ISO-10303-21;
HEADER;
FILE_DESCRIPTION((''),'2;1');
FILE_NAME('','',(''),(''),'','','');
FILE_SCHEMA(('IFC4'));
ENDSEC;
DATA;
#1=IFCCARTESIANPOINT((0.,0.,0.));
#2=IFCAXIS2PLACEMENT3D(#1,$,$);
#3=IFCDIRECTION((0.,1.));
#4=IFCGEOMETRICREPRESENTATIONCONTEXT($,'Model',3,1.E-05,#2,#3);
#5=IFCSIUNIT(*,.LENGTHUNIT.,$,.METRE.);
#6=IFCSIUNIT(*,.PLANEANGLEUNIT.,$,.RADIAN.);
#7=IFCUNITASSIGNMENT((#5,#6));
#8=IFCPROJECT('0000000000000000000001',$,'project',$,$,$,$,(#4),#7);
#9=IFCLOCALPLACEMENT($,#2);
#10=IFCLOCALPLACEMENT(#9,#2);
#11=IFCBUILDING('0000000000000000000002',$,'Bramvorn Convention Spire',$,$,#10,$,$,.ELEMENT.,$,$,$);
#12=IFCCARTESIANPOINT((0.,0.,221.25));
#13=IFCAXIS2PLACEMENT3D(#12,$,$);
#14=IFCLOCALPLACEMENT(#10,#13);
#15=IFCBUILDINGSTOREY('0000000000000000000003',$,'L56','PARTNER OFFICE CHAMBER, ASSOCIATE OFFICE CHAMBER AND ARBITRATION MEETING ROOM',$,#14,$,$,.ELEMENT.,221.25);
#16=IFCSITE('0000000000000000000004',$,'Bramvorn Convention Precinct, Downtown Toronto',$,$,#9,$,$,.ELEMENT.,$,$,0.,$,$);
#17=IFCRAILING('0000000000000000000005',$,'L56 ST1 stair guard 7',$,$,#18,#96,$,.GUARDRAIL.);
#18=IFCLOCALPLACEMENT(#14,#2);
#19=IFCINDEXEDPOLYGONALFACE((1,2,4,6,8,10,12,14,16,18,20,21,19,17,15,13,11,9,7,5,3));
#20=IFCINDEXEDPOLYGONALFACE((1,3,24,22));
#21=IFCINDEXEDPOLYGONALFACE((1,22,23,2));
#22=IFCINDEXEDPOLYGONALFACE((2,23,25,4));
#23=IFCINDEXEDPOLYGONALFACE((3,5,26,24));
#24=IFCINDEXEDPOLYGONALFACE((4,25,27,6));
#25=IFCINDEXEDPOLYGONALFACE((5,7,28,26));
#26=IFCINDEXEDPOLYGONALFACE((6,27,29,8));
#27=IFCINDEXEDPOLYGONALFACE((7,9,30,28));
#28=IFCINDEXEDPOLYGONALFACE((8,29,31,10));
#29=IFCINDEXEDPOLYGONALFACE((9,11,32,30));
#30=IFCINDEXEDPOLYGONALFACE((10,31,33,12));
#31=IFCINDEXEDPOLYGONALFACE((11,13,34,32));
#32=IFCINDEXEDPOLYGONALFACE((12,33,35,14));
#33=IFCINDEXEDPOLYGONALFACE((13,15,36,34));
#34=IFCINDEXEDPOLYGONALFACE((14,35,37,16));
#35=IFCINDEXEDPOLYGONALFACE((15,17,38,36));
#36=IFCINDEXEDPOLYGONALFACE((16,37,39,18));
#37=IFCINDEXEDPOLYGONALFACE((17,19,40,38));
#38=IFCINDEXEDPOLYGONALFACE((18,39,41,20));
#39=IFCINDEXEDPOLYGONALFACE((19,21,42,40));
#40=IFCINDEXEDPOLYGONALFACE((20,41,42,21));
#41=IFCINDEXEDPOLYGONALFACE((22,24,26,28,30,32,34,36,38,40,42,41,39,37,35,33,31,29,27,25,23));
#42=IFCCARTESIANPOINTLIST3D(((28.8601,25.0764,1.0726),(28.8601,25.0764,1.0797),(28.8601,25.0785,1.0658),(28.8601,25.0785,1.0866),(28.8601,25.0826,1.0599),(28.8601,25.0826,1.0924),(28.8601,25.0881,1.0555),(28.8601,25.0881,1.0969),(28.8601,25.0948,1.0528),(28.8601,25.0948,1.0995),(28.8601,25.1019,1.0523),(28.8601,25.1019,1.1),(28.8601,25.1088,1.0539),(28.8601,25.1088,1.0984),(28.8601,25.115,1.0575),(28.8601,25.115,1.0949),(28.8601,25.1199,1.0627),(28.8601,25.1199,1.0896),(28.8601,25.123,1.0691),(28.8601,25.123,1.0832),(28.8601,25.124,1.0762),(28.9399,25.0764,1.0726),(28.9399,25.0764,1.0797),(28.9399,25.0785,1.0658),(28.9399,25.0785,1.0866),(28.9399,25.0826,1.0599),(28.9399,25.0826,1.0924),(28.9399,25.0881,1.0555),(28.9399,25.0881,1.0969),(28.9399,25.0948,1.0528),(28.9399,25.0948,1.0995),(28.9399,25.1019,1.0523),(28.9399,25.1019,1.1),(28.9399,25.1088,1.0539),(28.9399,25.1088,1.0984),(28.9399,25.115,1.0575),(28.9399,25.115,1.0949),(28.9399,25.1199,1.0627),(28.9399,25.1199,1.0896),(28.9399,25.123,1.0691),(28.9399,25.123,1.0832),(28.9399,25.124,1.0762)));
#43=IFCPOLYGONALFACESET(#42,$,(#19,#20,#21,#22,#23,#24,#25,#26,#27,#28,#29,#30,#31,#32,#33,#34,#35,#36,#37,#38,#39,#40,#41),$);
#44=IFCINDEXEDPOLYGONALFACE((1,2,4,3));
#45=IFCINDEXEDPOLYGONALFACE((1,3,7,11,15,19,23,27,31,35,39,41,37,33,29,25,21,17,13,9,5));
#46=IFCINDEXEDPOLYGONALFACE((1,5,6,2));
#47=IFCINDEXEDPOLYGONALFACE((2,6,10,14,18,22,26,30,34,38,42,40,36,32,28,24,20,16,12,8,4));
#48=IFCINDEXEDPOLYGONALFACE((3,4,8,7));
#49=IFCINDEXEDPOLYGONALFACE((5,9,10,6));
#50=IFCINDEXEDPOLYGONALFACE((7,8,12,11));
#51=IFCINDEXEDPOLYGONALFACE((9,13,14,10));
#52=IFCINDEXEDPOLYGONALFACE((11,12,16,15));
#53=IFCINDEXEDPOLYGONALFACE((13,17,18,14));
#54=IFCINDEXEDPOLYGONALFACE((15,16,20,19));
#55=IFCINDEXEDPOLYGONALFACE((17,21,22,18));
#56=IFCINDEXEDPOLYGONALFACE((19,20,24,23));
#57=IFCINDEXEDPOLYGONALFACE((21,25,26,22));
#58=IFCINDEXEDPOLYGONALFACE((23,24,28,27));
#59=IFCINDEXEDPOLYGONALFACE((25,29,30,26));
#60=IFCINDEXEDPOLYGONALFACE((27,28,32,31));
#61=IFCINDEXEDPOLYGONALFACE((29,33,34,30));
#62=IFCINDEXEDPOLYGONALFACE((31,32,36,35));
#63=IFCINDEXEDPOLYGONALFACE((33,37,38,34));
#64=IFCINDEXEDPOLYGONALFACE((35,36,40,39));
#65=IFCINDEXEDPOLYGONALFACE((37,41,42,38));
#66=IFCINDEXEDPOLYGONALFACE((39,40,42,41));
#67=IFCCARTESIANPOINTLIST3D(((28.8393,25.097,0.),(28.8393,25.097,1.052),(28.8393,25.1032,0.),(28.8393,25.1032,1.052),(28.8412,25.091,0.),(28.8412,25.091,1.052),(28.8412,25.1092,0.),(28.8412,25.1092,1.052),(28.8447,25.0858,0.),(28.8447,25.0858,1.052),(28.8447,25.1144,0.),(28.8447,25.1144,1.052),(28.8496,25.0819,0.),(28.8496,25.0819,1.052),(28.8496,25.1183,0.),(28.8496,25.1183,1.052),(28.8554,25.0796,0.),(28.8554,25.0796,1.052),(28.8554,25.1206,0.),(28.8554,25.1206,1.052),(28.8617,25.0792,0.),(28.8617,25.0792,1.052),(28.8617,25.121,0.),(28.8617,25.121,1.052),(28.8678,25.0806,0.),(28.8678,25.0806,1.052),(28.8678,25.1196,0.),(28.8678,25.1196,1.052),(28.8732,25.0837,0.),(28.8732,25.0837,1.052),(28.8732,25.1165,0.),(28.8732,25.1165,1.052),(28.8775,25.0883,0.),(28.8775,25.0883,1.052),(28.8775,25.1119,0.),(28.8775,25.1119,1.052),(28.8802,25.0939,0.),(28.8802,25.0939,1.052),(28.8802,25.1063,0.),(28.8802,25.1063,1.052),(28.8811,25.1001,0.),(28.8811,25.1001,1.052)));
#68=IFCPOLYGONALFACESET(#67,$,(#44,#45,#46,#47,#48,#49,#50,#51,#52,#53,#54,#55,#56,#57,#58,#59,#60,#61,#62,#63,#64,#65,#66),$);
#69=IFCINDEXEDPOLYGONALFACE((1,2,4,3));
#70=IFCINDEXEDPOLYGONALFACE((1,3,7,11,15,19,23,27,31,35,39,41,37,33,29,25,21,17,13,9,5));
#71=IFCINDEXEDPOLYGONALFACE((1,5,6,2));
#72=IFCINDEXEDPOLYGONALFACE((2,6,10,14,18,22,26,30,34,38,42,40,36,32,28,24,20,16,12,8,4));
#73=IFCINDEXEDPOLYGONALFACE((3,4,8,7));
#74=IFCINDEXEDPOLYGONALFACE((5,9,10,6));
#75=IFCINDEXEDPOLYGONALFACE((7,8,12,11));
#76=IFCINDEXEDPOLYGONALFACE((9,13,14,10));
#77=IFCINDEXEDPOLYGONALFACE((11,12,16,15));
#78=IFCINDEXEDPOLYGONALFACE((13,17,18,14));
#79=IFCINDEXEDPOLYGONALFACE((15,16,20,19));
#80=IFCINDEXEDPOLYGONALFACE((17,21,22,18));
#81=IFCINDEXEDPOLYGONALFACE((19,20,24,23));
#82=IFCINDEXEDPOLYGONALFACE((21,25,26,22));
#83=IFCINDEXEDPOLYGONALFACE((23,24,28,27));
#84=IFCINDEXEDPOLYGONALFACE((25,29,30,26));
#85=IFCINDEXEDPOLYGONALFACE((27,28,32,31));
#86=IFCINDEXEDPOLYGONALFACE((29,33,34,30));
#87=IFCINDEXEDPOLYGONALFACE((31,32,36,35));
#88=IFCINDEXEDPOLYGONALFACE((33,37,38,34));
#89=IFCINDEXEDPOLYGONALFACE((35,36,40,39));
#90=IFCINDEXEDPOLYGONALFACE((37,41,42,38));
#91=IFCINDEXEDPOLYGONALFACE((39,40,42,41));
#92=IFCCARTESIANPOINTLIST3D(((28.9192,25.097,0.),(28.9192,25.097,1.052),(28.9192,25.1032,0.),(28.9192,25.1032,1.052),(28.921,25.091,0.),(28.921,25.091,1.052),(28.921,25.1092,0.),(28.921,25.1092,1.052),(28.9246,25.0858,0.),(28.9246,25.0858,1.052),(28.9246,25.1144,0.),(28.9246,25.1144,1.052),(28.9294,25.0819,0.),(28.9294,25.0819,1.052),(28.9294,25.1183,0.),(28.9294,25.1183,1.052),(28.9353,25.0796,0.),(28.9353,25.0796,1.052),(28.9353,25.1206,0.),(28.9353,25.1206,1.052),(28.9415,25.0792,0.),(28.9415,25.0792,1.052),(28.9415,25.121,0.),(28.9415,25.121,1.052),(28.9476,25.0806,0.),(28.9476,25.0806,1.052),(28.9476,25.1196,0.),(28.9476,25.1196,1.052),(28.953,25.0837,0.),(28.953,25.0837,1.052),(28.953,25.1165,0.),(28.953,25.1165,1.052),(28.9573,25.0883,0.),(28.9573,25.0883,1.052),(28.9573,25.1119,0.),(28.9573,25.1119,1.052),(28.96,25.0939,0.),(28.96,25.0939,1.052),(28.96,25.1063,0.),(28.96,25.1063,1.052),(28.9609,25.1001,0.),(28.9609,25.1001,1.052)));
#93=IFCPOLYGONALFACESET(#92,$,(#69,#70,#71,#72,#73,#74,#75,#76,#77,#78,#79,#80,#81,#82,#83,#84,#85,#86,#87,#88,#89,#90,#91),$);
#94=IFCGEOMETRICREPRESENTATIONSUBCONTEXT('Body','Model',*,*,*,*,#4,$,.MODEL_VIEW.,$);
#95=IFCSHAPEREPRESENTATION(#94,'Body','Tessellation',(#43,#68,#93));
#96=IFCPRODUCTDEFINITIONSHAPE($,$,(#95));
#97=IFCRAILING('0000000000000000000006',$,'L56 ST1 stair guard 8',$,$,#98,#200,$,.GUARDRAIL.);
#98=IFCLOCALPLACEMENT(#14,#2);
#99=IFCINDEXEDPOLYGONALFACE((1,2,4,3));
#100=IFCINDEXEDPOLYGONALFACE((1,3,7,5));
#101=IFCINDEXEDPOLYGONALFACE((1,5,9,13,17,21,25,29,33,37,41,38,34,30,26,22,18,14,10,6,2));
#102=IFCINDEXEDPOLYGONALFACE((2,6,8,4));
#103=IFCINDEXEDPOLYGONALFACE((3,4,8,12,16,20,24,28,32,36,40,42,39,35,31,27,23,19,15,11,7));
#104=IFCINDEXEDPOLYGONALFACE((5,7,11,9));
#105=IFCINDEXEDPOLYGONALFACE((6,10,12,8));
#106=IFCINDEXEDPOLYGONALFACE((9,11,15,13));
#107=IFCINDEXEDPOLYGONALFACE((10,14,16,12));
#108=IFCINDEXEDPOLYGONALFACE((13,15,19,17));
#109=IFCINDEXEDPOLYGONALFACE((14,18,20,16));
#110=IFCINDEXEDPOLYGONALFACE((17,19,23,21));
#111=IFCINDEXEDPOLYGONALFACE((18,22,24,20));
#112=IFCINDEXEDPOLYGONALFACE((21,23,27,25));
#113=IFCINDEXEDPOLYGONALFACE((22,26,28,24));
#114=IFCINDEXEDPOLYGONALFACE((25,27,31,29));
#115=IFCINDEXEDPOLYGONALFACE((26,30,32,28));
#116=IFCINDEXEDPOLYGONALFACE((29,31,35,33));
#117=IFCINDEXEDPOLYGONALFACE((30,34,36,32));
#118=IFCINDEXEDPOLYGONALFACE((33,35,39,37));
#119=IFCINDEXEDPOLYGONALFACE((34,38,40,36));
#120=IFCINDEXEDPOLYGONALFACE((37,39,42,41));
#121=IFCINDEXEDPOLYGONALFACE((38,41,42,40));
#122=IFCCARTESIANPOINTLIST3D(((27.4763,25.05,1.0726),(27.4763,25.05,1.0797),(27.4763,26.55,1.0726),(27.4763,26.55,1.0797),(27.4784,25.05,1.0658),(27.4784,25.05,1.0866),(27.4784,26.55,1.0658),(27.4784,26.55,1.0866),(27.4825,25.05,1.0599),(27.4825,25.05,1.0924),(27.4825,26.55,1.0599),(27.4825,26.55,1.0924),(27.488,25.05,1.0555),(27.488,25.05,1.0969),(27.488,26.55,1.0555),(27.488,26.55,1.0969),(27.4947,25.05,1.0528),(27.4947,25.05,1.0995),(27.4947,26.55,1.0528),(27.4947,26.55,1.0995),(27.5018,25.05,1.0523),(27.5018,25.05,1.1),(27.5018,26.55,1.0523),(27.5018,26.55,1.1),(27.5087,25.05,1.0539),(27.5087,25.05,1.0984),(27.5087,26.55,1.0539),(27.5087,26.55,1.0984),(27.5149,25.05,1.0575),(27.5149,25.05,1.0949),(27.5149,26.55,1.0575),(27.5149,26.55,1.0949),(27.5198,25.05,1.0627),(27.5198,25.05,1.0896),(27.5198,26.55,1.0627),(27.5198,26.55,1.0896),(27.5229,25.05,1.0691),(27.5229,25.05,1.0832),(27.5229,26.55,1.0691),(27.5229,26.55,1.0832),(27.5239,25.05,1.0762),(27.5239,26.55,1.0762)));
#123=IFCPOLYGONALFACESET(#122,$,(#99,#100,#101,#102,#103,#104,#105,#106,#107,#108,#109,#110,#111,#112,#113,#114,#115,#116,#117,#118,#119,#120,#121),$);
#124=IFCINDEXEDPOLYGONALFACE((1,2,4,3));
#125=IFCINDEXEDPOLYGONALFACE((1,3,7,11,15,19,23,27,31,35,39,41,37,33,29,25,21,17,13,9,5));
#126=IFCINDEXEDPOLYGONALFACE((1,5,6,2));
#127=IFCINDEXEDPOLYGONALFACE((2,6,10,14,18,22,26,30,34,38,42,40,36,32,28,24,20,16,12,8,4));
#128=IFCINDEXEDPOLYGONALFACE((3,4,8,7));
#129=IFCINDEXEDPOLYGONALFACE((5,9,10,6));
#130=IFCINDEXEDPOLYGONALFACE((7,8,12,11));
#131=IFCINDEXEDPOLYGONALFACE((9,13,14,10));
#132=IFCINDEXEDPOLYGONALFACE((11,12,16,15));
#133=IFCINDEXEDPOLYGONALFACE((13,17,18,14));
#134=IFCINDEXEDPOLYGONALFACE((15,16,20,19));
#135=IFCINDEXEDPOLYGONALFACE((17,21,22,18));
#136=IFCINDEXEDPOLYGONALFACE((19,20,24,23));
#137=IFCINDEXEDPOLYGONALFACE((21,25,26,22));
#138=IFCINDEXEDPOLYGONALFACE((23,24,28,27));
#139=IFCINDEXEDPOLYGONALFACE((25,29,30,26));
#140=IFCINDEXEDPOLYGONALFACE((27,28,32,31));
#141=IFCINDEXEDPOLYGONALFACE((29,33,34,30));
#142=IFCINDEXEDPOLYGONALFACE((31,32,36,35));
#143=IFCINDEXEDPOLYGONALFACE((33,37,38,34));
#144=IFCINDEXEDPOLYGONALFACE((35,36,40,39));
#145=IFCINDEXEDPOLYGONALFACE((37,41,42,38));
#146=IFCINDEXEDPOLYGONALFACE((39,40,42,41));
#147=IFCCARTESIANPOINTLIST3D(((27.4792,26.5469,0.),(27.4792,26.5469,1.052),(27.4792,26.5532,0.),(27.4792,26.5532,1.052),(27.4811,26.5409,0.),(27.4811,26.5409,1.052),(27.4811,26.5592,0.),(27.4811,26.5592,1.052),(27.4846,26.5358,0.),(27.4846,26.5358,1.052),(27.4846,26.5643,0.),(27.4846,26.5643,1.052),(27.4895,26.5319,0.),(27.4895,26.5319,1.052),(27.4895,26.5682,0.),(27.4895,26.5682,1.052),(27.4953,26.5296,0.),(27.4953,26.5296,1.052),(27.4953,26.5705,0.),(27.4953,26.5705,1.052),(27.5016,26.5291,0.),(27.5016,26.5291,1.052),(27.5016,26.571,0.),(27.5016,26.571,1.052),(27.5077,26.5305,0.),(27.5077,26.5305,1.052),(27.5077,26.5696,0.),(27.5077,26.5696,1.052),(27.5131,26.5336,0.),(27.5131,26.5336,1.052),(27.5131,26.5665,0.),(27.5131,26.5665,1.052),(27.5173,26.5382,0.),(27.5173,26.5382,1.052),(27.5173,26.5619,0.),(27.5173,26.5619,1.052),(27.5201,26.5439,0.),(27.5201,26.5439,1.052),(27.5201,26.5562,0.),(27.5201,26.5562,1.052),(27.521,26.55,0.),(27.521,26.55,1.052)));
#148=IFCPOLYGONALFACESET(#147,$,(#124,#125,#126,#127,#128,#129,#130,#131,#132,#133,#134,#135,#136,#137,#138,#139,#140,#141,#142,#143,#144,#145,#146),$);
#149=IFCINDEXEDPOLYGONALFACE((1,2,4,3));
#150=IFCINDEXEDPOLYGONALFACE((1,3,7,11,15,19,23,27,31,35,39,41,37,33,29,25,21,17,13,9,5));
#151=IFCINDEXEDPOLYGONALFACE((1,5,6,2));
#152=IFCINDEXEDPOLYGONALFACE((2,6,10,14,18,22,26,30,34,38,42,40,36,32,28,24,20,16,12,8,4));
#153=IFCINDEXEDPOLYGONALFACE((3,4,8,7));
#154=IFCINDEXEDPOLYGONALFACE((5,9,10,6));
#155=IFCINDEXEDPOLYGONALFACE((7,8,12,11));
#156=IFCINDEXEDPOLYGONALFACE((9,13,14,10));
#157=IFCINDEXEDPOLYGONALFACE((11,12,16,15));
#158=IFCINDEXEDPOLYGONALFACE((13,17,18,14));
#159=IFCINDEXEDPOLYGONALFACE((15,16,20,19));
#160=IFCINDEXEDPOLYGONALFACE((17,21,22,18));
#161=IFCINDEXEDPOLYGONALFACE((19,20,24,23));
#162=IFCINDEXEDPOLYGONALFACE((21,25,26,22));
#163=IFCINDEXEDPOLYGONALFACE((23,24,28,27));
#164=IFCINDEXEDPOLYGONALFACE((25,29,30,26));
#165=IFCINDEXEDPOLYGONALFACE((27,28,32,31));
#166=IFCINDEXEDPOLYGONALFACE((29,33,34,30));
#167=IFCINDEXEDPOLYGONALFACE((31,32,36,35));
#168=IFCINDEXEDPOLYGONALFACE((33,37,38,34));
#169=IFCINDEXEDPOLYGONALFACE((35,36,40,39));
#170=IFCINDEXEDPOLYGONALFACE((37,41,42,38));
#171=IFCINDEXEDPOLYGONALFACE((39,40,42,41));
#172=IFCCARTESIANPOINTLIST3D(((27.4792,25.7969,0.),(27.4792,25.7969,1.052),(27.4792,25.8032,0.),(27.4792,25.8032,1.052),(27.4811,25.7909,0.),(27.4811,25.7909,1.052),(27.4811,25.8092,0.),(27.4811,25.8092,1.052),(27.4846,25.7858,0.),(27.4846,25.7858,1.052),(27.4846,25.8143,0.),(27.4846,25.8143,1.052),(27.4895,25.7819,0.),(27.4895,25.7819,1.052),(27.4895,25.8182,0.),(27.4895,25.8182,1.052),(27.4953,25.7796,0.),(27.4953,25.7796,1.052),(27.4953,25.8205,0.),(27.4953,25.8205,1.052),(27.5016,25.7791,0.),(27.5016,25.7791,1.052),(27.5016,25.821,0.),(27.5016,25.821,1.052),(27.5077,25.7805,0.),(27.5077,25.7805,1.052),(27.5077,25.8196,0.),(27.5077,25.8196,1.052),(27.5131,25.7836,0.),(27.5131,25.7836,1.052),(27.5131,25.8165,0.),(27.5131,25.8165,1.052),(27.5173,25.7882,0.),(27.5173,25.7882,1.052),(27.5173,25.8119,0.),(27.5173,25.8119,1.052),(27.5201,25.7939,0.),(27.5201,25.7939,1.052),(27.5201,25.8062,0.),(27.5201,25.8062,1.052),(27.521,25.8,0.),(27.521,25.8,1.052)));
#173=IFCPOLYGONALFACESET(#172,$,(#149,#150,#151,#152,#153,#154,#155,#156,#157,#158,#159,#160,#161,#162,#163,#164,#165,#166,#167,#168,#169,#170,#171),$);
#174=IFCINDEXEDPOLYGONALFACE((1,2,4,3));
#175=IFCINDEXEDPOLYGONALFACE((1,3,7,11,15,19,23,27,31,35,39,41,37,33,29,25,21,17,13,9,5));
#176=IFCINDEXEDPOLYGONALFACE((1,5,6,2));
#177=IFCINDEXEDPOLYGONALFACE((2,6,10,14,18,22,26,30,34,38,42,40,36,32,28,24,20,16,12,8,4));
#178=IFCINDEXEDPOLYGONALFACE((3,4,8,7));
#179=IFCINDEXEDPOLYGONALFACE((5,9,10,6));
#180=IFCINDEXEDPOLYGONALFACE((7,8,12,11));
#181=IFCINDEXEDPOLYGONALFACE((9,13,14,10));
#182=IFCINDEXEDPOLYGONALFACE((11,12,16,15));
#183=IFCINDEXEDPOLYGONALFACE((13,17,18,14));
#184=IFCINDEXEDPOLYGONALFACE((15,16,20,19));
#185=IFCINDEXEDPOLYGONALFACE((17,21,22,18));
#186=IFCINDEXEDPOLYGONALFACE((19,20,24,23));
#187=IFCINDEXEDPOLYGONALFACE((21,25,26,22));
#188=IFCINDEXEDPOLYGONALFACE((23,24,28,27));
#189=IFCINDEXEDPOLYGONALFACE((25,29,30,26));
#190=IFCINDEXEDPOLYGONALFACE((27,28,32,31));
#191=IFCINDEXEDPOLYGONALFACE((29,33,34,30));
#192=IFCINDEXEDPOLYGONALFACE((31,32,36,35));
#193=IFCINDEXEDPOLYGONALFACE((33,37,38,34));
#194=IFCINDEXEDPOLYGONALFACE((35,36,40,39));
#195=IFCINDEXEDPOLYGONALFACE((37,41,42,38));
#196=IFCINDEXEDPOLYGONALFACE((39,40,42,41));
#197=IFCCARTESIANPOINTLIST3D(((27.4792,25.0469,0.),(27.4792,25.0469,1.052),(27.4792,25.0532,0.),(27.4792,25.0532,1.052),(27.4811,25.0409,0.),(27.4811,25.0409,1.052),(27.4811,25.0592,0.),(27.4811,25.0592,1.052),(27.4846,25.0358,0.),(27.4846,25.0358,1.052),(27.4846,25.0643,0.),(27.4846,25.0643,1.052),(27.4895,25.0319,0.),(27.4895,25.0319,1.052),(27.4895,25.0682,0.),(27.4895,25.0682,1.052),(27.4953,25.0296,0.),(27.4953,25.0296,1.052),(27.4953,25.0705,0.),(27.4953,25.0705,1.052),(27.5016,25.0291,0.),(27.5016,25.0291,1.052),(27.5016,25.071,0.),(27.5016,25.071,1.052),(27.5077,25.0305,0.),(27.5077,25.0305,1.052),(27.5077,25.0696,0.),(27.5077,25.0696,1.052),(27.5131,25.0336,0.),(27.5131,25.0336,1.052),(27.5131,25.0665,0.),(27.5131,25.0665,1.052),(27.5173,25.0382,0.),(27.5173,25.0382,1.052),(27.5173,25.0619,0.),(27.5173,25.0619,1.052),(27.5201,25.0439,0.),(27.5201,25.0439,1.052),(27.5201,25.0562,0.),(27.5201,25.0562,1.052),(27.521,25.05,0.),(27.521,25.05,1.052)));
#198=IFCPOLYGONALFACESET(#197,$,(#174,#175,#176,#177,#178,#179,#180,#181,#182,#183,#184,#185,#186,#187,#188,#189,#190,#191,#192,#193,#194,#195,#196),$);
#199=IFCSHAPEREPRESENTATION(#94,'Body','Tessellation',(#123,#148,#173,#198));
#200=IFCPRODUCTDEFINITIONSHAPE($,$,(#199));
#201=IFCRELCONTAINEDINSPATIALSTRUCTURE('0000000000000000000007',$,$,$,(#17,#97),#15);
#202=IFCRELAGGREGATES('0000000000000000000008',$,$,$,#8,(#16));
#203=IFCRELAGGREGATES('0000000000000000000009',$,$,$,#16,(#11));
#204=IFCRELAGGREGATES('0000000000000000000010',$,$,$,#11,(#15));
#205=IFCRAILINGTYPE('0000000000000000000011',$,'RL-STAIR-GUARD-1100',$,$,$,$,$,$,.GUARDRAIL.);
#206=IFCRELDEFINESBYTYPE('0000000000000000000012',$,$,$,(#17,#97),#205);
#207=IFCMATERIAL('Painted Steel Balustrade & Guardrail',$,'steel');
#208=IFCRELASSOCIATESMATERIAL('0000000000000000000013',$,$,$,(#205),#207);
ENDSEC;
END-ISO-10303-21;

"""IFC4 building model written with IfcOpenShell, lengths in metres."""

from ifc_helpers import new_model, si_unit, direction, frame, origin, origin_2d, place, context, subcontext, project, spatial, circle, extrude, material, type_object, element, save


model = new_model("IFC4")

# Units and contexts
model_context = context("Model", 3, precision=1e-05, world=origin(), true_north=direction((0.0, 1.0)))
body_context = subcontext(model_context, "Body", "Model", "MODEL_VIEW")
ifc_project = project(units=[si_unit("LENGTHUNIT", "METRE"), si_unit("PLANEANGLEUNIT", "RADIAN")], contexts=[model_context])

# Site, building, storey
site_placement = place(None, origin())
site = spatial("IfcSite", under=ifc_project, at=site_placement, Name="Bramvorn Convention Precinct, Downtown Toronto", CompositionType="ELEMENT", RefElevation=0.0)
building_placement = place(site_placement, origin())
building = spatial("IfcBuilding", under=site, at=building_placement, Name="Bramvorn Convention Spire", CompositionType="ELEMENT")
storey_placement = place(building_placement, frame((0.0, 0.0, 221.25)))
storey = spatial("IfcBuildingStorey", under=building, at=storey_placement, Name="L56", Description="PARTNER OFFICE CHAMBER, ASSOCIATE OFFICE CHAMBER AND ARBITRATION MEETING ROOM", CompositionType="ELEMENT", Elevation=221.25)

# Railings
ifc_material_1 = material(Name="Painted Steel Balustrade & Guardrail", Category="steel")
railing_type = type_object("IfcRailingType", Name="RL-STAIR-GUARD-1100", PredefinedType="GUARDRAIL", material=ifc_material_1)
railing_1_placement = place(storey_placement, frame((28.8601, 25.1001, 0.0)))
element("IfcRailing", 1, at=railing_1_placement, inside=storey, type_object=railing_type, Name="L56 ST1 stair guard 7", PredefinedType="GUARDRAIL", context=body_context, shape_type="SweptSolid", body=[
    extrude(circle(Radius=0.0239, at=origin_2d()), frame((0.0, 0.0, 1.0762), z_axis=(1.0, 0.0, 0.0), x_axis=(0.0, 1.0, 0.0)), (0.0, 0.0, 1.0), 0.0798),
    extrude(circle(Radius=0.021, at=origin_2d()), origin(), (0.0, 0.0, 1.0), 1.052),
    extrude(circle(Radius=0.021, at=origin_2d()), frame((0.0798, 0.0, 0.0)), (0.0, 0.0, 1.0), 1.052),
])
for number, where, name in (
    (2, (27.5, 26.55, 0.0), "L56 ST1 stair guard 8"),
):
    element("IfcRailing", number, at=place(storey_placement, frame(where)), inside=storey, type_object=railing_type, Name=name, PredefinedType="GUARDRAIL", context=body_context, shape_type="SweptSolid", body=[
        extrude(circle(Radius=0.0239, at=origin_2d()), frame((0.0, 0.0, 1.0762), z_axis=(0.0, -1.0, 0.0), x_axis=(1.0, 0.0, 0.0)), (0.0, 0.0, 1.0), 1.5),
        extrude(circle(Radius=0.021, at=origin_2d()), origin(), (0.0, 0.0, 1.0), 1.052),
        extrude(circle(Radius=0.021, at=origin_2d()), frame((0.0, -0.75, 0.0)), (0.0, 0.0, 1.0), 1.052),
        extrude(circle(Radius=0.021, at=origin_2d()), frame((0.0, -1.5, 0.0)), (0.0, 0.0, 1.0), 1.052),
    ])

save(model, "model.ifc")
